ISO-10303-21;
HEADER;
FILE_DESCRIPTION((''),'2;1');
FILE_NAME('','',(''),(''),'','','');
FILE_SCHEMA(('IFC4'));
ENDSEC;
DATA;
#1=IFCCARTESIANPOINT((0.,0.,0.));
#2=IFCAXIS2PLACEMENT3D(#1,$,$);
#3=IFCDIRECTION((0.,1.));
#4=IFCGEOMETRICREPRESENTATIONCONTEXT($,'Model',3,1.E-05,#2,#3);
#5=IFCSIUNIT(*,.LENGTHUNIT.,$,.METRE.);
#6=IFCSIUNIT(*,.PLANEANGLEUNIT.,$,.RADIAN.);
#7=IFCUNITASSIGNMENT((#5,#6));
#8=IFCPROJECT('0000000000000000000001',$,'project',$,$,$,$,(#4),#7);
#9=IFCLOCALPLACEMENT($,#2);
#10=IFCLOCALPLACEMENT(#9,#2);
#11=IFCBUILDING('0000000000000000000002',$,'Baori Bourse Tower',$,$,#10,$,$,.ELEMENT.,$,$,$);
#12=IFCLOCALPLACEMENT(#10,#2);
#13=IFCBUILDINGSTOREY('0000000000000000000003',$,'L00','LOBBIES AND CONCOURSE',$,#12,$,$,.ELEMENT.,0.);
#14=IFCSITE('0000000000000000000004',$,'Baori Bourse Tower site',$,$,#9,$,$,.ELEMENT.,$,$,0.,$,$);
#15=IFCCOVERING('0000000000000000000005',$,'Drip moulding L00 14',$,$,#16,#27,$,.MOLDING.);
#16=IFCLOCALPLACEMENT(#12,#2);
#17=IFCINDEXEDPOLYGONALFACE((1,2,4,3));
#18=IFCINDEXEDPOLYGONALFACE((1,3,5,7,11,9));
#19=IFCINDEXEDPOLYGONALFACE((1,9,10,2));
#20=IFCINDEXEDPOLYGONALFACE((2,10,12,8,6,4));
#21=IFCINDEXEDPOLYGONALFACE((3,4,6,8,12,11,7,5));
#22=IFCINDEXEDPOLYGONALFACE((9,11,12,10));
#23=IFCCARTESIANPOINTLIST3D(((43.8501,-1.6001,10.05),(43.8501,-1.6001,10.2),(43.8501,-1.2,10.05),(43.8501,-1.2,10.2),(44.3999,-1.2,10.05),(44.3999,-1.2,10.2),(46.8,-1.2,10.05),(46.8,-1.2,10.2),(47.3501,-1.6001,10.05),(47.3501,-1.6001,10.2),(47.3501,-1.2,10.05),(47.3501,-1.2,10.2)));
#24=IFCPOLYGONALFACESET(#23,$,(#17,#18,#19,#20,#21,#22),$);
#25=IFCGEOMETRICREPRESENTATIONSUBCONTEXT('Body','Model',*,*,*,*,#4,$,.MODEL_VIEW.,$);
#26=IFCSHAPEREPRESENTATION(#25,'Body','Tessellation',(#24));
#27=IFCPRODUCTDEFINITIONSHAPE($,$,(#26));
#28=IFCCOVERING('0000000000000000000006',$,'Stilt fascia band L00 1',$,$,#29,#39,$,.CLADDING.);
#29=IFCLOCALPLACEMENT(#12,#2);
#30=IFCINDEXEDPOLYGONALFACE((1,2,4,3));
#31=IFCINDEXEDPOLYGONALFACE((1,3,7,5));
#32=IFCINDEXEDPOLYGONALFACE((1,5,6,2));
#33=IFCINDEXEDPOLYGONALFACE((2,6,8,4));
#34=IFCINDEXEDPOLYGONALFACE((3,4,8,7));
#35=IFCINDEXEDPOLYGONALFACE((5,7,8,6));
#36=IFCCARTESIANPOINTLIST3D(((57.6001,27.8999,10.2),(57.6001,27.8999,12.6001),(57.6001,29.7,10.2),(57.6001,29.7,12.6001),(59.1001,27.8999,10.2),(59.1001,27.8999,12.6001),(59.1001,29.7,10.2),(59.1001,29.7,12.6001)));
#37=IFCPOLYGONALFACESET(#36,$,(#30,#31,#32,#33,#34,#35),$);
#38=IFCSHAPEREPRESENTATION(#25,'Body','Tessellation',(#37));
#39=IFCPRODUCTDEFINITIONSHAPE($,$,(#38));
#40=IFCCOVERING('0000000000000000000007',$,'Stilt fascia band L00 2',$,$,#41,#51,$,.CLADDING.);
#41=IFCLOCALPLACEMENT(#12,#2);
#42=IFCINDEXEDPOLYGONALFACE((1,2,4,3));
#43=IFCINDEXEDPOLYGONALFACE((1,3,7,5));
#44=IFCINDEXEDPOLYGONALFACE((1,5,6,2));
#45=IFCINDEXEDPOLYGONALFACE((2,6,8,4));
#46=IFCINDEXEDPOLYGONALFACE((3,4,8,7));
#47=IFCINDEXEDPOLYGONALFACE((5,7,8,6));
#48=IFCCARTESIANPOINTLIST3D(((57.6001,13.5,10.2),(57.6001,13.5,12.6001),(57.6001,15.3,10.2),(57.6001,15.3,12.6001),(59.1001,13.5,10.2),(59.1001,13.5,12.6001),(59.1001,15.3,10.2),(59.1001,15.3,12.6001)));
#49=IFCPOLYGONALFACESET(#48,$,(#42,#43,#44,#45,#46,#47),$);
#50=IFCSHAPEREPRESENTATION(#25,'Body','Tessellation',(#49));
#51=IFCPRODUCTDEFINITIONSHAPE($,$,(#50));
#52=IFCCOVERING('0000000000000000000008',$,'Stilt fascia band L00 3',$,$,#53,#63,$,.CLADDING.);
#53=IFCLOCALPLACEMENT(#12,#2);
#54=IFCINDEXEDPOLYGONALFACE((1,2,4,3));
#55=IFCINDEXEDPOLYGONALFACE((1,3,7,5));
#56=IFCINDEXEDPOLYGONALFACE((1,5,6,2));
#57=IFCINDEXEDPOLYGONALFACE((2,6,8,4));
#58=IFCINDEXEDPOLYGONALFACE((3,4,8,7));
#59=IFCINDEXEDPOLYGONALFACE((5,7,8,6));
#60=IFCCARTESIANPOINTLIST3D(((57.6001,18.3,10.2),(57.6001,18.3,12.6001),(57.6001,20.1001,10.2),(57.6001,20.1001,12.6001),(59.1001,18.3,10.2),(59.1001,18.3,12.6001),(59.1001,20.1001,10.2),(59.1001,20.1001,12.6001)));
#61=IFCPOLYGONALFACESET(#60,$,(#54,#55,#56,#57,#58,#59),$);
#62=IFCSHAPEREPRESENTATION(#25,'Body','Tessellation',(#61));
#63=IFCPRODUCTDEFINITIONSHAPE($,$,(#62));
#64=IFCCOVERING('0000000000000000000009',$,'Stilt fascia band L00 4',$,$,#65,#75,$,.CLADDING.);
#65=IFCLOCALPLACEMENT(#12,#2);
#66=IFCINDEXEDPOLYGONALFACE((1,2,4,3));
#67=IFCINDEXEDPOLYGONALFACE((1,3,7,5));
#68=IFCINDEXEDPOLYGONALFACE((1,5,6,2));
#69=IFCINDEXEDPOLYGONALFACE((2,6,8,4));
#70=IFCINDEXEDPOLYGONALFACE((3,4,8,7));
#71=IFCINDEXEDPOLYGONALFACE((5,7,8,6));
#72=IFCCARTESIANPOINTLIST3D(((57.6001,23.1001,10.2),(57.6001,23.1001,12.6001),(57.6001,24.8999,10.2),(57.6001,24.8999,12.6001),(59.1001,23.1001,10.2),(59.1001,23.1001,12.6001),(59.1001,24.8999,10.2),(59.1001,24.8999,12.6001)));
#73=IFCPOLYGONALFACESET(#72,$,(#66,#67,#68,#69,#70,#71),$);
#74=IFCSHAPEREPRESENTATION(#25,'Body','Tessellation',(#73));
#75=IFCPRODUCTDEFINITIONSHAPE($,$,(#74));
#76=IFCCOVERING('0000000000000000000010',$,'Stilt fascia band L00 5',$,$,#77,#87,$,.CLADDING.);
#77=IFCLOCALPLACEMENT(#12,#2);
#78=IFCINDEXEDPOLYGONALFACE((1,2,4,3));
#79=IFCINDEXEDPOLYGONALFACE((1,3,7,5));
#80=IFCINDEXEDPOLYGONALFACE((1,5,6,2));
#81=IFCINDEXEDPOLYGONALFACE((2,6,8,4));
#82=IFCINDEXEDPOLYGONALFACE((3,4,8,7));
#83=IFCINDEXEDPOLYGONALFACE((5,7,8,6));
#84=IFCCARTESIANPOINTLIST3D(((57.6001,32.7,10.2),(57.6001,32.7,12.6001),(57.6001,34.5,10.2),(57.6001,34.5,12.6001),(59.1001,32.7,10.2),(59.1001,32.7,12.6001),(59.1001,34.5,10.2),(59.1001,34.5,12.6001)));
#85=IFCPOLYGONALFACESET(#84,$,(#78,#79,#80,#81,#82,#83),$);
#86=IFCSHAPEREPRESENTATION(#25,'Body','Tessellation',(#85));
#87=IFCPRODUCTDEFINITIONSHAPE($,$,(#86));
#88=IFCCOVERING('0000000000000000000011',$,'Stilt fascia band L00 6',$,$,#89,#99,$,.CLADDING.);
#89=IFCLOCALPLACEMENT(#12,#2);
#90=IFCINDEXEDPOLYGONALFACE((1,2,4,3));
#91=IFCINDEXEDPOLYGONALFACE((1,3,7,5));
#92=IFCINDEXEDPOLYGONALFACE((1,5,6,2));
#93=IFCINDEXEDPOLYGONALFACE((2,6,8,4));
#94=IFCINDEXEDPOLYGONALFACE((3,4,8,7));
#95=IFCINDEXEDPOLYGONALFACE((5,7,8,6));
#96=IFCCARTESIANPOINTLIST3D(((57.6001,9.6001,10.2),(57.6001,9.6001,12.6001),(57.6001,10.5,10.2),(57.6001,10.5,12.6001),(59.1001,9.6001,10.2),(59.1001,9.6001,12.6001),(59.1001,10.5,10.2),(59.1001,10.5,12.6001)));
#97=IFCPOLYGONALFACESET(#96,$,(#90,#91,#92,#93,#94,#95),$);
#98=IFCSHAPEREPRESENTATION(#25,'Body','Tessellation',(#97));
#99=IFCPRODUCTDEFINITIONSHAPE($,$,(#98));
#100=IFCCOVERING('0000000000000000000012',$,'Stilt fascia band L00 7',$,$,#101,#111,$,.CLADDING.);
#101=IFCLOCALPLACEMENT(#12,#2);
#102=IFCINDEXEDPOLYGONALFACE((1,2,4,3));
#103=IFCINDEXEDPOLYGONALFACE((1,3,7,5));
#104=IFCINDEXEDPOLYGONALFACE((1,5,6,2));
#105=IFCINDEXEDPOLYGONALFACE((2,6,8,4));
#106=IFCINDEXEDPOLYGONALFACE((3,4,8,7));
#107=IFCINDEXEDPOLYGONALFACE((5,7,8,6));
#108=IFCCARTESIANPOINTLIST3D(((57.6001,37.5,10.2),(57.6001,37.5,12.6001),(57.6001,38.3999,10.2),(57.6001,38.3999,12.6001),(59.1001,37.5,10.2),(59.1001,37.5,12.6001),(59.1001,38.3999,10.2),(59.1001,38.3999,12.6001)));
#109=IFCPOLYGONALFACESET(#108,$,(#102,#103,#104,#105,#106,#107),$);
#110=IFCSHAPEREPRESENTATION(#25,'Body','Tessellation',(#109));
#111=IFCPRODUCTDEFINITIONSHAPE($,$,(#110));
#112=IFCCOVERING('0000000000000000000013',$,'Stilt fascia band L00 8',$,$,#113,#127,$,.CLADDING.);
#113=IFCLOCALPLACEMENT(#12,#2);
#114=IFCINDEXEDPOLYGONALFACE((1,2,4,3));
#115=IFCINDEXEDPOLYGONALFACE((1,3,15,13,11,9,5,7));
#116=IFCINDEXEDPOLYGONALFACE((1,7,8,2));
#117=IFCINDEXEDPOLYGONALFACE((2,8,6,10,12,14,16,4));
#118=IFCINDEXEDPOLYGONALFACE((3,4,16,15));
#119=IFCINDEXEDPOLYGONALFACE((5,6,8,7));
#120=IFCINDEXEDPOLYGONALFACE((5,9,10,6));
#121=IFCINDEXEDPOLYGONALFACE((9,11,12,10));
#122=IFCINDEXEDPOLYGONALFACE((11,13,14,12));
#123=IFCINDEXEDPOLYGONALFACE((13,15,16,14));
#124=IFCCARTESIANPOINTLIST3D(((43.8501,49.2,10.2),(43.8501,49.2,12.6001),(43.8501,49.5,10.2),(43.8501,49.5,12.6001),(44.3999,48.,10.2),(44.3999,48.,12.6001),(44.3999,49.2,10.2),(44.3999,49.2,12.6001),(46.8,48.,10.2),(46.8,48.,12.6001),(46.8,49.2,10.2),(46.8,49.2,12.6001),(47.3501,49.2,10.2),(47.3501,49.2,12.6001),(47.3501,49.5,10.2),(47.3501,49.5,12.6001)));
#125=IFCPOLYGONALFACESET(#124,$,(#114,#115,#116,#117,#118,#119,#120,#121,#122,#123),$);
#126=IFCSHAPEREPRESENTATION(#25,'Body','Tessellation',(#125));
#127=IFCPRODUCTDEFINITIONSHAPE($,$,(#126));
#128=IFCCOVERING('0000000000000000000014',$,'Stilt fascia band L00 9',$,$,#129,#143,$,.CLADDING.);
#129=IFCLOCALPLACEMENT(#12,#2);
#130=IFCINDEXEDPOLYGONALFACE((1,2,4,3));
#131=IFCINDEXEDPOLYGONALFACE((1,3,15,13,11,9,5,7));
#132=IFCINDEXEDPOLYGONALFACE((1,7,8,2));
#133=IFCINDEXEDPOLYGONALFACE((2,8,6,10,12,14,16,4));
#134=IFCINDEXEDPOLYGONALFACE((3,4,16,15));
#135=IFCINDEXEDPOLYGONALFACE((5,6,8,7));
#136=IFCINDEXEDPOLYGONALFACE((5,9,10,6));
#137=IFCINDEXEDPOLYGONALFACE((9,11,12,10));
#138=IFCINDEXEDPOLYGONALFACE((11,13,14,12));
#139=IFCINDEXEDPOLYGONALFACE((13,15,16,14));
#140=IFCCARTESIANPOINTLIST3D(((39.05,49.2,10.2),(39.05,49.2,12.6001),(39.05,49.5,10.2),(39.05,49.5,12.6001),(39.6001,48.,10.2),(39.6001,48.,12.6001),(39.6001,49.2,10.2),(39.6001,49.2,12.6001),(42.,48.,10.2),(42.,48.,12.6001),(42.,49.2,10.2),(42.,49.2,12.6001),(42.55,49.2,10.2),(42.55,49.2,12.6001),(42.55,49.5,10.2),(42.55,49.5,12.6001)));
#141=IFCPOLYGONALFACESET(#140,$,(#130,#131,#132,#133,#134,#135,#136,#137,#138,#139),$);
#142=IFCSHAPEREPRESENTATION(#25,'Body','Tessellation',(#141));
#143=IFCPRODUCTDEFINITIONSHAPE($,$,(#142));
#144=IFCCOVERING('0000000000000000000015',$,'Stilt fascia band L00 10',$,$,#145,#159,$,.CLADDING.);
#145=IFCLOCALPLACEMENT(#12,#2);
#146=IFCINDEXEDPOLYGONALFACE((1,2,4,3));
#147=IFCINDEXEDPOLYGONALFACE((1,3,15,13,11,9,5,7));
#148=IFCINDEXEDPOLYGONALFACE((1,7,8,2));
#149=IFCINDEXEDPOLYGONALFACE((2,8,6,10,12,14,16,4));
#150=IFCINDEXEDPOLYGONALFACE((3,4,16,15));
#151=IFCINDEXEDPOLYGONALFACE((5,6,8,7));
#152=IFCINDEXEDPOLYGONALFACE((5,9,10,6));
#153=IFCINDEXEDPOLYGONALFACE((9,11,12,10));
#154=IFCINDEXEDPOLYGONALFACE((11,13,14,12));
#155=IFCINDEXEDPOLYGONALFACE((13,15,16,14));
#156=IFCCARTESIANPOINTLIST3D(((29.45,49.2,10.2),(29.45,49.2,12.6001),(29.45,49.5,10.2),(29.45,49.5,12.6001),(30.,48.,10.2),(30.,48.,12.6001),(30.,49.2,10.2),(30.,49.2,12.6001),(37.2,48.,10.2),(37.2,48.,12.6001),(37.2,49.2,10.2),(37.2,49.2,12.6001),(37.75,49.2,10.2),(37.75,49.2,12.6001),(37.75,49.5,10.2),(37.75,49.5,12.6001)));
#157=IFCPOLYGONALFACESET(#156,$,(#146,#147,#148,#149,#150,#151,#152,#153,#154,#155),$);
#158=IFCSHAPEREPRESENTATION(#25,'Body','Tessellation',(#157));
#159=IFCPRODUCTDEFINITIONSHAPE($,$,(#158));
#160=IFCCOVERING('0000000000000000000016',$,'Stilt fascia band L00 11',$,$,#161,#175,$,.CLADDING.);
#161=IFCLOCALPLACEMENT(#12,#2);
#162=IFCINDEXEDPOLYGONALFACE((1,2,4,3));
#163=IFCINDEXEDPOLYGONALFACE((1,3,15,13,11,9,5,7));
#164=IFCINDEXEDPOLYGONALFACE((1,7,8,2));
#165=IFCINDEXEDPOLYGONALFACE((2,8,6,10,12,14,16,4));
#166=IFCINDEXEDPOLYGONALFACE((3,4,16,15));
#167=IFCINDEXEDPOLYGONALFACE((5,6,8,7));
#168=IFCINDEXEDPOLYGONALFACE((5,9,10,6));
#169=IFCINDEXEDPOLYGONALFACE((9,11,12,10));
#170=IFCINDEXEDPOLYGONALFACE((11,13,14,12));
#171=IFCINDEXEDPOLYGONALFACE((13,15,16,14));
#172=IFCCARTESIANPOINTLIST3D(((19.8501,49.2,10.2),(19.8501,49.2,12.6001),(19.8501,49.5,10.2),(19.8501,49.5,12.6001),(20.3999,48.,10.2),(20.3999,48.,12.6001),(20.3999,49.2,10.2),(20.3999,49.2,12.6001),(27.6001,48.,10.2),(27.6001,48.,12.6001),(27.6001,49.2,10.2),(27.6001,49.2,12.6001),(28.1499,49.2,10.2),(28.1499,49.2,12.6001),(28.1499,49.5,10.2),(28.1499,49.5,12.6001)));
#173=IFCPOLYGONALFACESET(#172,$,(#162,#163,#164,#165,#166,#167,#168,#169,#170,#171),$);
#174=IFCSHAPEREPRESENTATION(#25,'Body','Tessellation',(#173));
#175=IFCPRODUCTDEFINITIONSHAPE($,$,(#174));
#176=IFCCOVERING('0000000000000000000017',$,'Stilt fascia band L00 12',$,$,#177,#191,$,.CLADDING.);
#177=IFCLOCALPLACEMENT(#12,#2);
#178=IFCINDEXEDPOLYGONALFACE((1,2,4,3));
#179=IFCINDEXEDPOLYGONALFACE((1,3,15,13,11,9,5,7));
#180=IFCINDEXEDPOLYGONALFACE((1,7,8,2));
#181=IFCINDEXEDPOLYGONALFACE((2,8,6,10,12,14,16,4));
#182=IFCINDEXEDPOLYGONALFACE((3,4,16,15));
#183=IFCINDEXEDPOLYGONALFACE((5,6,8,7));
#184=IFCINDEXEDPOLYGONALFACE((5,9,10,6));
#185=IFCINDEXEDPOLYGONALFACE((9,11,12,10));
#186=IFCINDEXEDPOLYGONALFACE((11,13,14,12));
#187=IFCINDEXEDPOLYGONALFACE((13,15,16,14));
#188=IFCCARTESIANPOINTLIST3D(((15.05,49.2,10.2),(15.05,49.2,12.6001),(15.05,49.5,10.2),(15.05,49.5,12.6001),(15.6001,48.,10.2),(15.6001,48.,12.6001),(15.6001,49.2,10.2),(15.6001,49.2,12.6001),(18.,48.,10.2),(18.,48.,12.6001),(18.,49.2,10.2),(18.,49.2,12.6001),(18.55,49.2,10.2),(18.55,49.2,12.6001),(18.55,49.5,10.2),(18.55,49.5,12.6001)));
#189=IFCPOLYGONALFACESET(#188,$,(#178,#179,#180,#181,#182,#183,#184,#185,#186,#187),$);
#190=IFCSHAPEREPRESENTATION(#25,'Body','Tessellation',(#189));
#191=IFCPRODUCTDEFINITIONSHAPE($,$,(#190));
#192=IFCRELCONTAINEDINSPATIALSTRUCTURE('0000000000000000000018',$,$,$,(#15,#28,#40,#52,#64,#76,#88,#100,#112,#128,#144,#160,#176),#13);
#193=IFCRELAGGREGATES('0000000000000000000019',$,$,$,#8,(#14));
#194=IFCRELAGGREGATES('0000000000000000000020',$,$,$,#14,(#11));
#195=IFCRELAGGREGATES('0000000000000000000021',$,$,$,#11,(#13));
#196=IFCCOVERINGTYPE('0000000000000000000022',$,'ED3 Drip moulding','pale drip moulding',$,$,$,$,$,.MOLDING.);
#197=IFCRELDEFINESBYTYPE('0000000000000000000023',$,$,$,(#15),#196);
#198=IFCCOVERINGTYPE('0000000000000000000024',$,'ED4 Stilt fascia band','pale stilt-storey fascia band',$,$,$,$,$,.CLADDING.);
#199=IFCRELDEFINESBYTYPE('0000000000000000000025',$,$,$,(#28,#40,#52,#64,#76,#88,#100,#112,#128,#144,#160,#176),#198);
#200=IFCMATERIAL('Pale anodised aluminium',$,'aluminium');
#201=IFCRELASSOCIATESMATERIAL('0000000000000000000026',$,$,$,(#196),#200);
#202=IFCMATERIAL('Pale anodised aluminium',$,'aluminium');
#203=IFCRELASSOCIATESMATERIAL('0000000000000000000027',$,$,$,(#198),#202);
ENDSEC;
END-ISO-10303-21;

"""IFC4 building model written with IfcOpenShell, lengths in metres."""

from ifc_helpers import new_model, si_unit, direction, frame, origin, place, context, subcontext, project, spatial, polyline, outline, extrude, material, type_object, element, save


model = new_model("IFC4")

# Units and contexts
model_context = context("Model", 3, precision=1e-05, world=origin(), true_north=direction((0.0, 1.0)))
body_context = subcontext(model_context, "Body", "Model", "MODEL_VIEW")
ifc_project = project(units=[si_unit("LENGTHUNIT", "METRE"), si_unit("PLANEANGLEUNIT", "RADIAN")], contexts=[model_context])

# Site, building, storey
site_placement = place(None, origin())
site = spatial("IfcSite", under=ifc_project, at=site_placement, Name="Baori Bourse Tower site", CompositionType="ELEMENT", RefElevation=0.0)
building_placement = place(site_placement, origin())
building = spatial("IfcBuilding", under=site, at=building_placement, Name="Baori Bourse Tower", CompositionType="ELEMENT")
storey_placement = place(building_placement, origin())
storey = spatial("IfcBuildingStorey", under=building, at=storey_placement, Name="L00", Description="LOBBIES AND CONCOURSE", CompositionType="ELEMENT", Elevation=0.0)

# Coverings
ifc_material_1 = material(Name="Pale anodised aluminium", Category="aluminium")
covering_type_1 = type_object("IfcCoveringType", Name="ED3 Drip moulding", Description="pale drip moulding", PredefinedType="MOLDING", material=ifc_material_1)
covering_1_placement = place(storey_placement, frame((0.0, 0.0, 10.05)))
element("IfcCovering", 1, at=covering_1_placement, inside=storey, type_object=covering_type_1, Name="Drip moulding L00 14", PredefinedType="MOLDING", context=body_context, shape_type="SweptSolid", body=[
    extrude(outline(polyline([(44.3999, -1.2), (43.8501, -1.2), (43.8501, -1.6001), (47.3501, -1.6001), (47.3501, -1.2), (46.8, -1.2), (44.3999, -1.2)])), origin(), (0.0, 0.0, 1.0), 0.1499),
])
ifc_material_2 = material(Name="Pale anodised aluminium", Category="aluminium")
covering_type_2 = type_object("IfcCoveringType", Name="ED4 Stilt fascia band", Description="pale stilt-storey fascia band", PredefinedType="CLADDING", material=ifc_material_2)
covering_2_placement = place(storey_placement, frame((0.0, 0.0, 10.2)))
element("IfcCovering", 2, at=covering_2_placement, inside=storey, type_object=covering_type_2, Name="Stilt fascia band L00 1", PredefinedType="CLADDING", context=body_context, shape_type="SweptSolid", body=[
    extrude(outline(polyline([(57.6001, 29.7), (57.6001, 27.8999), (59.1001, 27.8999), (59.1001, 29.7), (57.6001, 29.7)])), origin(), (0.0, 0.0, 1.0), 2.4001),
])
covering_3_placement = place(storey_placement, frame((0.0, 0.0, 10.2)))
element("IfcCovering", 3, at=covering_3_placement, inside=storey, type_object=covering_type_2, Name="Stilt fascia band L00 2", PredefinedType="CLADDING", context=body_context, shape_type="SweptSolid", body=[
    extrude(outline(polyline([(57.6001, 15.3), (57.6001, 13.5), (59.1001, 13.5), (59.1001, 15.3), (57.6001, 15.3)])), origin(), (0.0, 0.0, 1.0), 2.4001),
])
covering_4_placement = place(storey_placement, frame((0.0, 0.0, 10.2)))
element("IfcCovering", 4, at=covering_4_placement, inside=storey, type_object=covering_type_2, Name="Stilt fascia band L00 3", PredefinedType="CLADDING", context=body_context, shape_type="SweptSolid", body=[
    extrude(outline(polyline([(57.6001, 20.1001), (57.6001, 18.3), (59.1001, 18.3), (59.1001, 20.1001), (57.6001, 20.1001)])), origin(), (0.0, 0.0, 1.0), 2.4001),
])
covering_5_placement = place(storey_placement, frame((0.0, 0.0, 10.2)))
element("IfcCovering", 5, at=covering_5_placement, inside=storey, type_object=covering_type_2, Name="Stilt fascia band L00 4", PredefinedType="CLADDING", context=body_context, shape_type="SweptSolid", body=[
    extrude(outline(polyline([(57.6001, 24.8999), (57.6001, 23.1001), (59.1001, 23.1001), (59.1001, 24.8999), (57.6001, 24.8999)])), origin(), (0.0, 0.0, 1.0), 2.4001),
])
covering_6_placement = place(storey_placement, frame((0.0, 0.0, 10.2)))
element("IfcCovering", 6, at=covering_6_placement, inside=storey, type_object=covering_type_2, Name="Stilt fascia band L00 5", PredefinedType="CLADDING", context=body_context, shape_type="SweptSolid", body=[
    extrude(outline(polyline([(57.6001, 34.5), (57.6001, 32.7), (59.1001, 32.7), (59.1001, 34.5), (57.6001, 34.5)])), origin(), (0.0, 0.0, 1.0), 2.4001),
])
covering_7_placement = place(storey_placement, frame((0.0, 0.0, 10.2)))
element("IfcCovering", 7, at=covering_7_placement, inside=storey, type_object=covering_type_2, Name="Stilt fascia band L00 6", PredefinedType="CLADDING", context=body_context, shape_type="SweptSolid", body=[
    extrude(outline(polyline([(57.6001, 10.5), (57.6001, 9.6001), (59.1001, 9.6001), (59.1001, 10.5), (57.6001, 10.5)])), origin(), (0.0, 0.0, 1.0), 2.4001),
])
covering_8_placement = place(storey_placement, frame((0.0, 0.0, 10.2)))
element("IfcCovering", 8, at=covering_8_placement, inside=storey, type_object=covering_type_2, Name="Stilt fascia band L00 7", PredefinedType="CLADDING", context=body_context, shape_type="SweptSolid", body=[
    extrude(outline(polyline([(57.6001, 38.3999), (57.6001, 37.5), (59.1001, 37.5), (59.1001, 38.3999), (57.6001, 38.3999)])), origin(), (0.0, 0.0, 1.0), 2.4001),
])
covering_9_placement = place(storey_placement, frame((0.0, 0.0, 10.2)))
element("IfcCovering", 9, at=covering_9_placement, inside=storey, type_object=covering_type_2, Name="Stilt fascia band L00 8", PredefinedType="CLADDING", context=body_context, shape_type="SweptSolid", body=[
    extrude(outline(polyline([(44.3999, 48.0), (46.8, 48.0), (46.8, 49.2), (47.3501, 49.2), (47.3501, 49.5), (43.8501, 49.5), (43.8501, 49.2), (44.3999, 49.2), (44.3999, 48.0)])), origin(), (0.0, 0.0, 1.0), 2.4001),
])
covering_10_placement = place(storey_placement, frame((0.0, 0.0, 10.2)))
element("IfcCovering", 10, at=covering_10_placement, inside=storey, type_object=covering_type_2, Name="Stilt fascia band L00 9", PredefinedType="CLADDING", context=body_context, shape_type="SweptSolid", body=[
    extrude(outline(polyline([(39.6001, 48.0), (42.0, 48.0), (42.0, 49.2), (42.55, 49.2), (42.55, 49.5), (39.05, 49.5), (39.05, 49.2), (39.6001, 49.2), (39.6001, 48.0)])), origin(), (0.0, 0.0, 1.0), 2.4001),
])
covering_11_placement = place(storey_placement, frame((0.0, 0.0, 10.2)))
element("IfcCovering", 11, at=covering_11_placement, inside=storey, type_object=covering_type_2, Name="Stilt fascia band L00 10", PredefinedType="CLADDING", context=body_context, shape_type="SweptSolid", body=[
    extrude(outline(polyline([(30.0, 48.0), (37.2, 48.0), (37.2, 49.2), (37.75, 49.2), (37.75, 49.5), (29.45, 49.5), (29.45, 49.2), (30.0, 49.2), (30.0, 48.0)])), origin(), (0.0, 0.0, 1.0), 2.4001),
])
covering_12_placement = place(storey_placement, frame((0.0, 0.0, 10.2)))
element("IfcCovering", 12, at=covering_12_placement, inside=storey, type_object=covering_type_2, Name="Stilt fascia band L00 11", PredefinedType="CLADDING", context=body_context, shape_type="SweptSolid", body=[
    extrude(outline(polyline([(20.3999, 48.0), (27.6001, 48.0), (27.6001, 49.2), (28.1499, 49.2), (28.1499, 49.5), (19.8501, 49.5), (19.8501, 49.2), (20.3999, 49.2), (20.3999, 48.0)])), origin(), (0.0, 0.0, 1.0), 2.4001),
])
covering_13_placement = place(storey_placement, frame((0.0, 0.0, 10.2)))
element("IfcCovering", 13, at=covering_13_placement, inside=storey, type_object=covering_type_2, Name="Stilt fascia band L00 12", PredefinedType="CLADDING", context=body_context, shape_type="SweptSolid", body=[
    extrude(outline(polyline([(15.6001, 48.0), (18.0, 48.0), (18.0, 49.2), (18.55, 49.2), (18.55, 49.5), (15.05, 49.5), (15.05, 49.2), (15.6001, 49.2), (15.6001, 48.0)])), origin(), (0.0, 0.0, 1.0), 2.4001),
])

save(model, "model.ifc")
